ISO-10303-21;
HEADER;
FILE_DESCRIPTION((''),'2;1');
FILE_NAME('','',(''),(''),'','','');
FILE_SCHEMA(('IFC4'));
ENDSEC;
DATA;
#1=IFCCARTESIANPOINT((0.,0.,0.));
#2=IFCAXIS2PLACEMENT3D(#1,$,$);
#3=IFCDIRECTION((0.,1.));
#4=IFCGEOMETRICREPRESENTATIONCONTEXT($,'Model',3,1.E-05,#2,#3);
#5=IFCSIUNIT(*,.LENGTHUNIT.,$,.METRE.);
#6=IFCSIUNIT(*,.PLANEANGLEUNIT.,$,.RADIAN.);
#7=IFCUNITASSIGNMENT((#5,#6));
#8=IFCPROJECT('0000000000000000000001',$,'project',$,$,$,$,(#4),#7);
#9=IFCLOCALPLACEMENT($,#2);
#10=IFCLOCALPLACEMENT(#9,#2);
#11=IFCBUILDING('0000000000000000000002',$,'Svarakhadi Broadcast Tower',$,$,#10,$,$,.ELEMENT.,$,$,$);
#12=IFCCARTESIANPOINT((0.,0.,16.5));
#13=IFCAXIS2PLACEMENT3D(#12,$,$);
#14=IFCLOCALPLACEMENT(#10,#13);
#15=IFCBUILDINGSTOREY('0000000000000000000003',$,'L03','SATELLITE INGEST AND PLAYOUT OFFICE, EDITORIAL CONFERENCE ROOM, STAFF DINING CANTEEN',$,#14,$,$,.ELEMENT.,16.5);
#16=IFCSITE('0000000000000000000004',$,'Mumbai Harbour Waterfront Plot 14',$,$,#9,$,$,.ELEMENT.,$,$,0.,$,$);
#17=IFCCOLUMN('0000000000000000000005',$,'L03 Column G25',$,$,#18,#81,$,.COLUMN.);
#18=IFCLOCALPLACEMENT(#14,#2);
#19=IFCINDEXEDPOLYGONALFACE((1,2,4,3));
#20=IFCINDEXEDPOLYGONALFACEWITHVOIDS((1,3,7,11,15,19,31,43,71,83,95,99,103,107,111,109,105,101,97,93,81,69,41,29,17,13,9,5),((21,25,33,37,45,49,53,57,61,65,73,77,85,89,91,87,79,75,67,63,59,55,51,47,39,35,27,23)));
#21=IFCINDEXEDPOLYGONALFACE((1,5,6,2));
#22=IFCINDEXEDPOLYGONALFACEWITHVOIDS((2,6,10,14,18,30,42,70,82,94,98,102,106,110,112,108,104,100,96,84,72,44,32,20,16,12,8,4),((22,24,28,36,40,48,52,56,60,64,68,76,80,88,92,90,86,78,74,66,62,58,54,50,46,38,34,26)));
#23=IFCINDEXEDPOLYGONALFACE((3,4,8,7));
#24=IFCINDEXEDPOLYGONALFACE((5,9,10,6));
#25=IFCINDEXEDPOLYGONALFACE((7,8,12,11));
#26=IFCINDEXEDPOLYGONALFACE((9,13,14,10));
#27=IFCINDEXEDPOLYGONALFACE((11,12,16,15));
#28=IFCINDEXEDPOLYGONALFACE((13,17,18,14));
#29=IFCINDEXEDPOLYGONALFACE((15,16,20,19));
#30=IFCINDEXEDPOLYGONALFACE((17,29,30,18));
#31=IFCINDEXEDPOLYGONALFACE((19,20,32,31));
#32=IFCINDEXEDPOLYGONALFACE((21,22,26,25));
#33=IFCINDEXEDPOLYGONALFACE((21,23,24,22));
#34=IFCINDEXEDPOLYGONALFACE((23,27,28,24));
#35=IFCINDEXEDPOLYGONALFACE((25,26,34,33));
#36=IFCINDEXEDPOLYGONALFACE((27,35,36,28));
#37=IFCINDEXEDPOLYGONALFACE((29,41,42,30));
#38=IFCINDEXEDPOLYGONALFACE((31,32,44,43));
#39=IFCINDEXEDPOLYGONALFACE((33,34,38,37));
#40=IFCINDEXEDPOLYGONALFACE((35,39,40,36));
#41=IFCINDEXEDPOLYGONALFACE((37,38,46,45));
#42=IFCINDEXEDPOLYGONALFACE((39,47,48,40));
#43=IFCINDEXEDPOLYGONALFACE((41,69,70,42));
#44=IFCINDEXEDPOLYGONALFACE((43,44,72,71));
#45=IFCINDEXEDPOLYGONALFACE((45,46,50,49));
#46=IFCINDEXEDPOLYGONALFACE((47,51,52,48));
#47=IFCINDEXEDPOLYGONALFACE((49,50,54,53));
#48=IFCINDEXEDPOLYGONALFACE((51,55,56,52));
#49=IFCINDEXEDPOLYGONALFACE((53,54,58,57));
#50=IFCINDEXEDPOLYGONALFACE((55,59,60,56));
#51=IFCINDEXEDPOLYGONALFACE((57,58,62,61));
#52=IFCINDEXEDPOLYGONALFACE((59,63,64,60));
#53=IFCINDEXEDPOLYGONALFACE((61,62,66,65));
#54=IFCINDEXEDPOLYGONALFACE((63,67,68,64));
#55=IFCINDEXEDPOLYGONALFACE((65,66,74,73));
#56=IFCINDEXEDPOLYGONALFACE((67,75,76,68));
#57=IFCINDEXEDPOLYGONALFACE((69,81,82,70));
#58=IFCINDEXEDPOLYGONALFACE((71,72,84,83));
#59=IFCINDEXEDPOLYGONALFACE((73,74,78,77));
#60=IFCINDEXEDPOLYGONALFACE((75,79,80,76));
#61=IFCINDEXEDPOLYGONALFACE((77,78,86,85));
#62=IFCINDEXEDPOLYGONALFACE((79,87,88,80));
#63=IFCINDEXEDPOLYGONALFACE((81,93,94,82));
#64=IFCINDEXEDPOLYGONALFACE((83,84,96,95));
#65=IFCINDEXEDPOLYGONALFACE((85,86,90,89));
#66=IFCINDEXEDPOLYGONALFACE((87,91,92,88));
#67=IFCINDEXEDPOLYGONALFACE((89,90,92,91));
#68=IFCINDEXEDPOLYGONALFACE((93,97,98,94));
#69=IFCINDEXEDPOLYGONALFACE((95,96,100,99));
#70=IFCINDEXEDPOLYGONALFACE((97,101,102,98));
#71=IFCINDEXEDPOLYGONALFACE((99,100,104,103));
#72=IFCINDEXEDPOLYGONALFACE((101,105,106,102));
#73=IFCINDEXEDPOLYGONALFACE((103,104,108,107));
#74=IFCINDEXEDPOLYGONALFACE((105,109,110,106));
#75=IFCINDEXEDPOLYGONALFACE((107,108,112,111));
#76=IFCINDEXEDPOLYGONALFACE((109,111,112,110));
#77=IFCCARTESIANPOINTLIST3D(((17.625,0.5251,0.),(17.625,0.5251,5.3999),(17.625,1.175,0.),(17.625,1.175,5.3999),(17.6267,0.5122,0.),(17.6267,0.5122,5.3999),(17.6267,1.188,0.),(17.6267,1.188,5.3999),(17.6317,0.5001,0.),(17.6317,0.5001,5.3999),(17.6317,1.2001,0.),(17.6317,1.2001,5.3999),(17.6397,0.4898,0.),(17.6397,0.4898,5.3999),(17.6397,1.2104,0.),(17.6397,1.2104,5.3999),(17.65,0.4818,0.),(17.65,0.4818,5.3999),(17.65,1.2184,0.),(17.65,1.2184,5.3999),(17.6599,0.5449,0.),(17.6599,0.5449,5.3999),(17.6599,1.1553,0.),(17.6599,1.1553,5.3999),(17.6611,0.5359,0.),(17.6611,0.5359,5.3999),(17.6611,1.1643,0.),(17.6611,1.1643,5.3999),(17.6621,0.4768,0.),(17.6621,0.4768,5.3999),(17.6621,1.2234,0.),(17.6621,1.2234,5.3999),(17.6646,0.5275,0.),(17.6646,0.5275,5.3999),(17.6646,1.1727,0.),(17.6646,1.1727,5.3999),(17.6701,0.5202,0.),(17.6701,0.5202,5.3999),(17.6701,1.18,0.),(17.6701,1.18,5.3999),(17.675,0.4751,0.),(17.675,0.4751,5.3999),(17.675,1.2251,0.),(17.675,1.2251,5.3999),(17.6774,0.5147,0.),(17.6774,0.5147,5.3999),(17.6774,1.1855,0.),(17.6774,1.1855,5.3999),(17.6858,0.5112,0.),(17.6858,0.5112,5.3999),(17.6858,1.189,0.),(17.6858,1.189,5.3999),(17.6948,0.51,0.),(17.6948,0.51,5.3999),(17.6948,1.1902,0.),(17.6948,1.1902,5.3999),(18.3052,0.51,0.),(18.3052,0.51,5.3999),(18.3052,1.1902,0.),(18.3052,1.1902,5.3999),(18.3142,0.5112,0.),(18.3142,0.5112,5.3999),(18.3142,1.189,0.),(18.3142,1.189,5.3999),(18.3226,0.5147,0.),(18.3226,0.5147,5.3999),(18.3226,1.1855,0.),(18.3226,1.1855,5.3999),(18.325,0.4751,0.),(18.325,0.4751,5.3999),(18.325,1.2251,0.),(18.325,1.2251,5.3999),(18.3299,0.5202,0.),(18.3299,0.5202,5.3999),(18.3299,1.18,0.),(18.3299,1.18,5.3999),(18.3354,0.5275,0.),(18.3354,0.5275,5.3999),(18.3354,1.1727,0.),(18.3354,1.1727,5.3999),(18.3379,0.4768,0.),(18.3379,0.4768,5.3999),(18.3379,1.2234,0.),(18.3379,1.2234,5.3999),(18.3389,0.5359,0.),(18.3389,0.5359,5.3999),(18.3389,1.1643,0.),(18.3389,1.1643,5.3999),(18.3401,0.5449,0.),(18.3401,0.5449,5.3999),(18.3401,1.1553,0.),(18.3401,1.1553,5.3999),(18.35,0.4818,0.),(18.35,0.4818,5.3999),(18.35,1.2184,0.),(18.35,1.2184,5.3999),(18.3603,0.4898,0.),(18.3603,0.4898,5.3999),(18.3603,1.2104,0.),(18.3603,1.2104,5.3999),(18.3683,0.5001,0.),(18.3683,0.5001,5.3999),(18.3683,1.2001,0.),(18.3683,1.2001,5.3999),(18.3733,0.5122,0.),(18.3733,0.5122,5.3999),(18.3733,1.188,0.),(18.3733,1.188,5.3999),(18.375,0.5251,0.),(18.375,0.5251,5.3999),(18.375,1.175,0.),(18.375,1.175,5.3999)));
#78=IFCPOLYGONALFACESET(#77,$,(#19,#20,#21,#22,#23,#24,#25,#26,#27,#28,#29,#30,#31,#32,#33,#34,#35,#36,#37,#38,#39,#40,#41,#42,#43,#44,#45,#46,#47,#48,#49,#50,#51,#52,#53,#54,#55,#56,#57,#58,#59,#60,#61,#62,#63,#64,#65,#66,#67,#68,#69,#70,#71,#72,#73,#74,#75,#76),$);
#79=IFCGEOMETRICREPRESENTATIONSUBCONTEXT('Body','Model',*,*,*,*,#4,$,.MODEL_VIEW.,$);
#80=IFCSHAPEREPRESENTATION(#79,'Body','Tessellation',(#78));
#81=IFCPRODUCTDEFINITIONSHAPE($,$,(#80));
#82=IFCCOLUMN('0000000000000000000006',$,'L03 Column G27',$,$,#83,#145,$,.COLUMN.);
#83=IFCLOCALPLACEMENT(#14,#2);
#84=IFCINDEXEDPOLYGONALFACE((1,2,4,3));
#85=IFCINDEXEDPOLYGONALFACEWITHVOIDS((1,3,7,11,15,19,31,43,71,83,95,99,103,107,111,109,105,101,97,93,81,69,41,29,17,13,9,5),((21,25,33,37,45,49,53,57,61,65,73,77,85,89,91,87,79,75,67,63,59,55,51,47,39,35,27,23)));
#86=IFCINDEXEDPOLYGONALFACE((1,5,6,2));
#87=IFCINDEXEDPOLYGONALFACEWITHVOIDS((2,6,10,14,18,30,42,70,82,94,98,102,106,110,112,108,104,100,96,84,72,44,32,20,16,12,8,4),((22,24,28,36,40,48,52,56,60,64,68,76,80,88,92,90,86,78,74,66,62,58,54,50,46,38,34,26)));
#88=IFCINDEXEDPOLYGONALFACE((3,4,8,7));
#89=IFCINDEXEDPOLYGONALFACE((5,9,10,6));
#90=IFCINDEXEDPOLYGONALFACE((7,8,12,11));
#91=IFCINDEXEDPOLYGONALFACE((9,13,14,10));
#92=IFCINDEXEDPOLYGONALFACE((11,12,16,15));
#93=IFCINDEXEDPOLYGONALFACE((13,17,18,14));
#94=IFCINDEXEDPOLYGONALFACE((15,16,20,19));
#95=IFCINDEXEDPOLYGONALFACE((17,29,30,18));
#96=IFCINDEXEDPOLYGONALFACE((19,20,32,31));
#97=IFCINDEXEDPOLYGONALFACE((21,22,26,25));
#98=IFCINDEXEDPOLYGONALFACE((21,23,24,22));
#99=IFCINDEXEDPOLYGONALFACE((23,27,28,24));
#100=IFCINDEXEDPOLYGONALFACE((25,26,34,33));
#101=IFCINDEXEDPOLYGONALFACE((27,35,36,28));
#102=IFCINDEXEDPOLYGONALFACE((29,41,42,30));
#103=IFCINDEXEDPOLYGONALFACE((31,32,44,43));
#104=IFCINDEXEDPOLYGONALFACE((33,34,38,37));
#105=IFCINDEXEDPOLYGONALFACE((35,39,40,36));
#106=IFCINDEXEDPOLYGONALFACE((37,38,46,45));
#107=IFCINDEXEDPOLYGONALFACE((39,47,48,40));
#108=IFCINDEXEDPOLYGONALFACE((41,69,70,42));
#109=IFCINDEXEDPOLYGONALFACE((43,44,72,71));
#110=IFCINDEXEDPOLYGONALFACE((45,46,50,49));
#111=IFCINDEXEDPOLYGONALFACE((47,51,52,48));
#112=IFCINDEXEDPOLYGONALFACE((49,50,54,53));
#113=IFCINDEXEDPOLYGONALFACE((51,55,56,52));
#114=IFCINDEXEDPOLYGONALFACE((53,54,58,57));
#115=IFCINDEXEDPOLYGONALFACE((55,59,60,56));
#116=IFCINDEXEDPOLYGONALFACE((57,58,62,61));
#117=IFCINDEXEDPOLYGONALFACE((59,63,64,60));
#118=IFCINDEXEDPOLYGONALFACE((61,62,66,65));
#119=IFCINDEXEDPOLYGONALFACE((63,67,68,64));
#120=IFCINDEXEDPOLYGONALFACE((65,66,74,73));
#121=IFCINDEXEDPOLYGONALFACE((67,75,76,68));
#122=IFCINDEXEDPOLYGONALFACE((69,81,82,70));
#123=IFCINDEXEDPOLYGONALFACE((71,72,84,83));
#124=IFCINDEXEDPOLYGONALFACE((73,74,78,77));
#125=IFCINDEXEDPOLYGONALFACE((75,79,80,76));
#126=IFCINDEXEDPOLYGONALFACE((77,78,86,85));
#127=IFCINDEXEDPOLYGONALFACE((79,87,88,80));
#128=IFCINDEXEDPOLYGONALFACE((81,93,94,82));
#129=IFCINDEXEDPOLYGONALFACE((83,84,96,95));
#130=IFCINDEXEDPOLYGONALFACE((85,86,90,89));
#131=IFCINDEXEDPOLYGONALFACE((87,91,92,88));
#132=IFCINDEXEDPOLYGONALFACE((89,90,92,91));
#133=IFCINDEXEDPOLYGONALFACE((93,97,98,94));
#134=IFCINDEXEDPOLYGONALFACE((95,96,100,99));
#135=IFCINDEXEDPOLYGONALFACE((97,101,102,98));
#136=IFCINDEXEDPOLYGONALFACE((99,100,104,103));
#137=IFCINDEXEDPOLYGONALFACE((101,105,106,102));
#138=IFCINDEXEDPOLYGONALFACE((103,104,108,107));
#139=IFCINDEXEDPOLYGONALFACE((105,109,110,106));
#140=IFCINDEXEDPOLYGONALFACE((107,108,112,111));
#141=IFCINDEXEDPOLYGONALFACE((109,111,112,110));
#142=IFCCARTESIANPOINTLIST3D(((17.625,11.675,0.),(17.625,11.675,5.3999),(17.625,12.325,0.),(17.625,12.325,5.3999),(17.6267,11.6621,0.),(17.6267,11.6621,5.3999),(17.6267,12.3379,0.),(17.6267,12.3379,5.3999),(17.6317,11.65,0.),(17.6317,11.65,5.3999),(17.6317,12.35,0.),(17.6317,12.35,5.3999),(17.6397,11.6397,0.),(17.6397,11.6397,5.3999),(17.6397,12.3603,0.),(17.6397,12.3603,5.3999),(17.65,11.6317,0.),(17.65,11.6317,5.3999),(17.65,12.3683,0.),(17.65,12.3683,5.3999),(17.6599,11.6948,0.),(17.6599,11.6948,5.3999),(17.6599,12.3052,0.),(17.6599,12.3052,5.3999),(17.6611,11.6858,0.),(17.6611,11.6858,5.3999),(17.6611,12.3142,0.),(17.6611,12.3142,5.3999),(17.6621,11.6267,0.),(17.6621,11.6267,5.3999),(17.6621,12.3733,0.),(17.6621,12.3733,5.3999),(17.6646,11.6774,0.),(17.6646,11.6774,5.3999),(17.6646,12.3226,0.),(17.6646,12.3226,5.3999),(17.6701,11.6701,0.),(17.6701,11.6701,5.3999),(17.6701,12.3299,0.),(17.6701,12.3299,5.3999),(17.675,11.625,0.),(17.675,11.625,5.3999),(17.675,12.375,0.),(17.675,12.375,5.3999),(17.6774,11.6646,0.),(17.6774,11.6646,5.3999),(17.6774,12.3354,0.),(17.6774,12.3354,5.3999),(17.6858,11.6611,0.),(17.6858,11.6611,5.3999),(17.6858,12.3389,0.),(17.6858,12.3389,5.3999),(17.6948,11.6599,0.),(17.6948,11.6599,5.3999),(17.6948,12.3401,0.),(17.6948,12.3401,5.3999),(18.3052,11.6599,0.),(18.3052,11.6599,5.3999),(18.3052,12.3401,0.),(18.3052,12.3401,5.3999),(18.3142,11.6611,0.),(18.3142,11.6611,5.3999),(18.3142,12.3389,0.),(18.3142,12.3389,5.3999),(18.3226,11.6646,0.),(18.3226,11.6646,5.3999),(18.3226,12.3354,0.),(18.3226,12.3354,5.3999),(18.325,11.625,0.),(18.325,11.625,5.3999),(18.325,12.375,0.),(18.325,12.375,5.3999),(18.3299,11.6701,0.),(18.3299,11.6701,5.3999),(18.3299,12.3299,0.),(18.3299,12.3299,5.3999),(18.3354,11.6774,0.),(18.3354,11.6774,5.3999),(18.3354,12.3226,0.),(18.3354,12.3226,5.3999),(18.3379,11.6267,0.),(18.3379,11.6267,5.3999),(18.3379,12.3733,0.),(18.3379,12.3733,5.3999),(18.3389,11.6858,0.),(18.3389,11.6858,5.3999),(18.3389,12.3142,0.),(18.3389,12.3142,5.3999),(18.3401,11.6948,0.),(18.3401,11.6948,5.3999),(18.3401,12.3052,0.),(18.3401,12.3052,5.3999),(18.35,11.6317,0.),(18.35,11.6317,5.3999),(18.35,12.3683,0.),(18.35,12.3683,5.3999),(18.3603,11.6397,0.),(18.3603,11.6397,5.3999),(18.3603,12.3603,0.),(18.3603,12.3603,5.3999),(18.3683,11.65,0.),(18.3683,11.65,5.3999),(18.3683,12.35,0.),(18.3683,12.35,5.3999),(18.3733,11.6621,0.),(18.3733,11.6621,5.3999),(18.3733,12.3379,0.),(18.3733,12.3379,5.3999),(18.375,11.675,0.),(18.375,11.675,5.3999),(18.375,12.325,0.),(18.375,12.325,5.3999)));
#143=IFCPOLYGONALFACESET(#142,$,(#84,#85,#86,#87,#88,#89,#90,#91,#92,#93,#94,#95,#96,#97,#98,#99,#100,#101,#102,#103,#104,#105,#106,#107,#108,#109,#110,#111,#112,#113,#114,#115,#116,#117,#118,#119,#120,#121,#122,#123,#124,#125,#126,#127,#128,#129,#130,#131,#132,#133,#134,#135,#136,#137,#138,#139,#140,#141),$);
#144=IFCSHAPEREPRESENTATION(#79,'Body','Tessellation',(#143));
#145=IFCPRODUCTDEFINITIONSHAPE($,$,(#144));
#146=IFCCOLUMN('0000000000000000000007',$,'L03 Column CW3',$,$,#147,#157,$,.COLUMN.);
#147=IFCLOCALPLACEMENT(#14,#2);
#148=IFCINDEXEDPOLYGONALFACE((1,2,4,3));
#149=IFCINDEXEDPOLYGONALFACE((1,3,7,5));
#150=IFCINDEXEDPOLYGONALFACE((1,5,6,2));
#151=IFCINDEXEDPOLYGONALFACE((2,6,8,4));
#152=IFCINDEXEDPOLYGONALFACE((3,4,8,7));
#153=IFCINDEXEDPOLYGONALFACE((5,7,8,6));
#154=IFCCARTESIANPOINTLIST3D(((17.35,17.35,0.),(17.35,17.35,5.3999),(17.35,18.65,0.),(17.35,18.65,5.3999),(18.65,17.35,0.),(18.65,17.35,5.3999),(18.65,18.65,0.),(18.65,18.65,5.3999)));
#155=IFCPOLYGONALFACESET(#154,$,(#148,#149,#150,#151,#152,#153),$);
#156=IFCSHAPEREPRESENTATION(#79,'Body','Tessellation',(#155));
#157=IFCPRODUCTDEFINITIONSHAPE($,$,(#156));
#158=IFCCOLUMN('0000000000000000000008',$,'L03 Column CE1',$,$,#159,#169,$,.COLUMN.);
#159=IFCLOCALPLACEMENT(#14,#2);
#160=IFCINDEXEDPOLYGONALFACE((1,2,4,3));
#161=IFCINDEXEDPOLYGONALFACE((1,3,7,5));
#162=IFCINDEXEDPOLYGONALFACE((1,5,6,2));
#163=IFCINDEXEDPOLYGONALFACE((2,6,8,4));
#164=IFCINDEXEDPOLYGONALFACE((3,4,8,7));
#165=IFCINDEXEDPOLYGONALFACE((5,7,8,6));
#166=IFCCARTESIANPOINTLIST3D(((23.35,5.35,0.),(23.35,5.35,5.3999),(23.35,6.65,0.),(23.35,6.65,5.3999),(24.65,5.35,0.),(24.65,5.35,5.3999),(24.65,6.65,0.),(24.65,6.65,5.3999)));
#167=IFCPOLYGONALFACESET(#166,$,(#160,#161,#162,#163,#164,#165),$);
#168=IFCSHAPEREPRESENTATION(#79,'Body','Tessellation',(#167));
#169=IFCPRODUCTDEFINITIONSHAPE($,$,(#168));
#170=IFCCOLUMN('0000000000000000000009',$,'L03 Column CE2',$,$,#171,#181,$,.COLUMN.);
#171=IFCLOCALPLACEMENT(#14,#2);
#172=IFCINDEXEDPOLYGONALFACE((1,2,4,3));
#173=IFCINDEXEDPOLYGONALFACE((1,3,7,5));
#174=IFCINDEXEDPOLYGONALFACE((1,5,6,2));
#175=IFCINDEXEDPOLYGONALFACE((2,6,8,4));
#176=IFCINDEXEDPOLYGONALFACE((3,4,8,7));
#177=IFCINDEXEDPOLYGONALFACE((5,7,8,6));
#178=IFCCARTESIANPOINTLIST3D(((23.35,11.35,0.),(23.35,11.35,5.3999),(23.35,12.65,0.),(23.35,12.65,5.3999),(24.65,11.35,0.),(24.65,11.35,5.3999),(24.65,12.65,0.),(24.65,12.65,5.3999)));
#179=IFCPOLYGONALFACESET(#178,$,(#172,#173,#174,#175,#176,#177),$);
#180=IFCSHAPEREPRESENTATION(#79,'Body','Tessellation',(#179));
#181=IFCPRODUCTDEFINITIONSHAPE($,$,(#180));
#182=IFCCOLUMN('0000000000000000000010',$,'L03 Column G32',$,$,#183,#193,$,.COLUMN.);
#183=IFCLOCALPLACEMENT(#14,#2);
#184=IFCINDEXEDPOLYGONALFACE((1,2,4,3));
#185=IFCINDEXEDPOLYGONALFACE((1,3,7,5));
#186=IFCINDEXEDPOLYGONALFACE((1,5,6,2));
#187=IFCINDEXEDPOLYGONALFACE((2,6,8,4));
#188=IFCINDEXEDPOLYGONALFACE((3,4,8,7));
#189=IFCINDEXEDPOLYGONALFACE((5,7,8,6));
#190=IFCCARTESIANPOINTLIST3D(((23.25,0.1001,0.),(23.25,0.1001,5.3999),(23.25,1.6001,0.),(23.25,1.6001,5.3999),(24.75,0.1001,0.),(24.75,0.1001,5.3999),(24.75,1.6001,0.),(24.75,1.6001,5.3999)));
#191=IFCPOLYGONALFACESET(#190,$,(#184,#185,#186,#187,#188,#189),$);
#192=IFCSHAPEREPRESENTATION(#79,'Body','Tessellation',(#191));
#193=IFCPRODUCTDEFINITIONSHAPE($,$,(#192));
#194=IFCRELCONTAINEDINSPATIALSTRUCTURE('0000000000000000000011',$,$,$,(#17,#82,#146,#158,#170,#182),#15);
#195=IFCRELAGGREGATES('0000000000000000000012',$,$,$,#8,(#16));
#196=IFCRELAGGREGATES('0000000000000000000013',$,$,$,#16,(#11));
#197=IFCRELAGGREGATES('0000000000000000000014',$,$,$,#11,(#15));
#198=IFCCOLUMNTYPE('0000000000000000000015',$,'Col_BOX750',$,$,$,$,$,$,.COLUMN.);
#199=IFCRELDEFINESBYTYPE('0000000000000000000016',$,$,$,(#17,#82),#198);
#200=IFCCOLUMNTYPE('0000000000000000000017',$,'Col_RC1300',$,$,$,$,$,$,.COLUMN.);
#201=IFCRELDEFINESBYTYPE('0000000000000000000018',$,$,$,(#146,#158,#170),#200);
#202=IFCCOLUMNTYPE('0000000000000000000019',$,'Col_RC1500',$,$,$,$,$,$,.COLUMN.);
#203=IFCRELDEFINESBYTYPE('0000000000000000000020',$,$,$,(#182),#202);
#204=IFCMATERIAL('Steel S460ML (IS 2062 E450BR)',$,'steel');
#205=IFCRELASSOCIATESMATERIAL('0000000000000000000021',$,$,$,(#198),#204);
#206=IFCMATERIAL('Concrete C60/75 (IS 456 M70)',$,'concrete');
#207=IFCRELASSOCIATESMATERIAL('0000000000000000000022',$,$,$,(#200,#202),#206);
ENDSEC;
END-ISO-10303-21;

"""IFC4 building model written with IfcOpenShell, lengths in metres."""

from ifc_helpers import new_model, si_unit, direction, frame, origin, origin_2d, place, context, subcontext, project, spatial, rectangle, hollow_rectangle, extrude, material, material_profile, profile_set, type_object, element, save


model = new_model("IFC4")

# Units and contexts
model_context = context("Model", 3, precision=1e-05, world=origin(), true_north=direction((0.0, 1.0)))
body_context = subcontext(model_context, "Body", "Model", "MODEL_VIEW")
ifc_project = project(units=[si_unit("LENGTHUNIT", "METRE"), si_unit("PLANEANGLEUNIT", "RADIAN")], contexts=[model_context])

# Site, building, storey
site_placement = place(None, origin())
site = spatial("IfcSite", under=ifc_project, at=site_placement, Name="Mumbai Harbour Waterfront Plot 14", CompositionType="ELEMENT", RefElevation=0.0)
building_placement = place(site_placement, origin())
building = spatial("IfcBuilding", under=site, at=building_placement, Name="Svarakhadi Broadcast Tower", CompositionType="ELEMENT")
storey_placement = place(building_placement, frame((0.0, 0.0, 16.5)))
storey = spatial("IfcBuildingStorey", under=building, at=storey_placement, Name="L03", Description="SATELLITE INGEST AND PLAYOUT OFFICE, EDITORIAL CONFERENCE ROOM, STAFF DINING CANTEEN", CompositionType="ELEMENT", Elevation=16.5)

# Columns
ifc_material_1 = material(Name="Steel S460ML (IS 2062 E450BR)", Category="steel")
ifc_material_profile_1 = material_profile(ifc_material_1, hollow_rectangle(XDim=0.75, YDim=0.75, WallThickness=0.0349, InnerFilletRadius=0.0349, OuterFilletRadius=0.05, at=origin_2d()), Name="BOX 750x750x35")
ifc_profile_set_1 = profile_set([ifc_material_profile_1], Name="Steel S460ML (IS 2062 E450BR)")
column_type_1 = type_object("IfcColumnType", Name="Col_BOX750", PredefinedType="COLUMN", material=ifc_profile_set_1)
for number, where, z_axis, x_axis, name in (
    (1, (18.0, 0.8501, 0.0), (0.0, 0.0, 1.0), (1.0, 0.0, 0.0), "L03 Column G25"),
    (2, (18.0, 12.0, 0.0), (0.0, 0.0, 1.0), (1.0, 0.0, 0.0), "L03 Column G27"),
):
    element("IfcColumn", number, at=place(storey_placement, frame(where, z_axis=z_axis, x_axis=x_axis)), inside=storey, type_object=column_type_1, Name=name, PredefinedType="COLUMN", context=body_context, shape_type="SweptSolid", body=[
        extrude(hollow_rectangle(XDim=0.75, YDim=0.75, WallThickness=0.0349, InnerFilletRadius=0.0349, OuterFilletRadius=0.05, at=origin_2d()), origin(), (0.0, 0.0, 1.0), 5.3999),
    ])
ifc_material_2 = material(Name="Concrete C60/75 (IS 456 M70)", Category="concrete")
ifc_material_profile_2 = material_profile(ifc_material_2, rectangle(XDim=1.3, YDim=1.3, at=origin_2d()), Name="RC 1300x1300")
ifc_profile_set_2 = profile_set([ifc_material_profile_2], Name="Concrete C60/75 (IS 456 M70)")
column_type_2 = type_object("IfcColumnType", Name="Col_RC1300", PredefinedType="COLUMN", material=ifc_profile_set_2)
for number, where, z_axis, x_axis, name in (
    (3, (18.0, 18.0, 0.0), (0.0, 0.0, 1.0), (1.0, 0.0, 0.0), "L03 Column CW3"),
    (4, (24.0, 6.0, 0.0), (0.0, 0.0, 1.0), (1.0, 0.0, 0.0), "L03 Column CE1"),
    (5, (24.0, 12.0, 0.0), (0.0, 0.0, 1.0), (1.0, 0.0, 0.0), "L03 Column CE2"),
):
    element("IfcColumn", number, at=place(storey_placement, frame(where, z_axis=z_axis, x_axis=x_axis)), inside=storey, type_object=column_type_2, Name=name, PredefinedType="COLUMN", context=body_context, shape_type="SweptSolid", body=[
        extrude(rectangle(XDim=1.3, YDim=1.3, at=origin_2d()), origin(), (0.0, 0.0, 1.0), 5.3999),
    ])
ifc_material_profile_3 = material_profile(ifc_material_2, rectangle(XDim=1.5, YDim=1.5, at=origin_2d()), Name="RC 1500x1500")
ifc_profile_set_3 = profile_set([ifc_material_profile_3], Name="Concrete C60/75 (IS 456 M70)")
column_type_3 = type_object("IfcColumnType", Name="Col_RC1500", PredefinedType="COLUMN", material=ifc_profile_set_3)
column_placement = place(storey_placement, frame((24.0, 0.8501, 0.0), z_axis=(0.0, 0.0, 1.0), x_axis=(1.0, 0.0, 0.0)))
element("IfcColumn", 6, at=column_placement, inside=storey, type_object=column_type_3, Name="L03 Column G32", PredefinedType="COLUMN", context=body_context, shape_type="SweptSolid", body=[
    extrude(rectangle(XDim=1.5, YDim=1.5, at=origin_2d()), origin(), (0.0, 0.0, 1.0), 5.3999),
])

save(model, "model.ifc")
